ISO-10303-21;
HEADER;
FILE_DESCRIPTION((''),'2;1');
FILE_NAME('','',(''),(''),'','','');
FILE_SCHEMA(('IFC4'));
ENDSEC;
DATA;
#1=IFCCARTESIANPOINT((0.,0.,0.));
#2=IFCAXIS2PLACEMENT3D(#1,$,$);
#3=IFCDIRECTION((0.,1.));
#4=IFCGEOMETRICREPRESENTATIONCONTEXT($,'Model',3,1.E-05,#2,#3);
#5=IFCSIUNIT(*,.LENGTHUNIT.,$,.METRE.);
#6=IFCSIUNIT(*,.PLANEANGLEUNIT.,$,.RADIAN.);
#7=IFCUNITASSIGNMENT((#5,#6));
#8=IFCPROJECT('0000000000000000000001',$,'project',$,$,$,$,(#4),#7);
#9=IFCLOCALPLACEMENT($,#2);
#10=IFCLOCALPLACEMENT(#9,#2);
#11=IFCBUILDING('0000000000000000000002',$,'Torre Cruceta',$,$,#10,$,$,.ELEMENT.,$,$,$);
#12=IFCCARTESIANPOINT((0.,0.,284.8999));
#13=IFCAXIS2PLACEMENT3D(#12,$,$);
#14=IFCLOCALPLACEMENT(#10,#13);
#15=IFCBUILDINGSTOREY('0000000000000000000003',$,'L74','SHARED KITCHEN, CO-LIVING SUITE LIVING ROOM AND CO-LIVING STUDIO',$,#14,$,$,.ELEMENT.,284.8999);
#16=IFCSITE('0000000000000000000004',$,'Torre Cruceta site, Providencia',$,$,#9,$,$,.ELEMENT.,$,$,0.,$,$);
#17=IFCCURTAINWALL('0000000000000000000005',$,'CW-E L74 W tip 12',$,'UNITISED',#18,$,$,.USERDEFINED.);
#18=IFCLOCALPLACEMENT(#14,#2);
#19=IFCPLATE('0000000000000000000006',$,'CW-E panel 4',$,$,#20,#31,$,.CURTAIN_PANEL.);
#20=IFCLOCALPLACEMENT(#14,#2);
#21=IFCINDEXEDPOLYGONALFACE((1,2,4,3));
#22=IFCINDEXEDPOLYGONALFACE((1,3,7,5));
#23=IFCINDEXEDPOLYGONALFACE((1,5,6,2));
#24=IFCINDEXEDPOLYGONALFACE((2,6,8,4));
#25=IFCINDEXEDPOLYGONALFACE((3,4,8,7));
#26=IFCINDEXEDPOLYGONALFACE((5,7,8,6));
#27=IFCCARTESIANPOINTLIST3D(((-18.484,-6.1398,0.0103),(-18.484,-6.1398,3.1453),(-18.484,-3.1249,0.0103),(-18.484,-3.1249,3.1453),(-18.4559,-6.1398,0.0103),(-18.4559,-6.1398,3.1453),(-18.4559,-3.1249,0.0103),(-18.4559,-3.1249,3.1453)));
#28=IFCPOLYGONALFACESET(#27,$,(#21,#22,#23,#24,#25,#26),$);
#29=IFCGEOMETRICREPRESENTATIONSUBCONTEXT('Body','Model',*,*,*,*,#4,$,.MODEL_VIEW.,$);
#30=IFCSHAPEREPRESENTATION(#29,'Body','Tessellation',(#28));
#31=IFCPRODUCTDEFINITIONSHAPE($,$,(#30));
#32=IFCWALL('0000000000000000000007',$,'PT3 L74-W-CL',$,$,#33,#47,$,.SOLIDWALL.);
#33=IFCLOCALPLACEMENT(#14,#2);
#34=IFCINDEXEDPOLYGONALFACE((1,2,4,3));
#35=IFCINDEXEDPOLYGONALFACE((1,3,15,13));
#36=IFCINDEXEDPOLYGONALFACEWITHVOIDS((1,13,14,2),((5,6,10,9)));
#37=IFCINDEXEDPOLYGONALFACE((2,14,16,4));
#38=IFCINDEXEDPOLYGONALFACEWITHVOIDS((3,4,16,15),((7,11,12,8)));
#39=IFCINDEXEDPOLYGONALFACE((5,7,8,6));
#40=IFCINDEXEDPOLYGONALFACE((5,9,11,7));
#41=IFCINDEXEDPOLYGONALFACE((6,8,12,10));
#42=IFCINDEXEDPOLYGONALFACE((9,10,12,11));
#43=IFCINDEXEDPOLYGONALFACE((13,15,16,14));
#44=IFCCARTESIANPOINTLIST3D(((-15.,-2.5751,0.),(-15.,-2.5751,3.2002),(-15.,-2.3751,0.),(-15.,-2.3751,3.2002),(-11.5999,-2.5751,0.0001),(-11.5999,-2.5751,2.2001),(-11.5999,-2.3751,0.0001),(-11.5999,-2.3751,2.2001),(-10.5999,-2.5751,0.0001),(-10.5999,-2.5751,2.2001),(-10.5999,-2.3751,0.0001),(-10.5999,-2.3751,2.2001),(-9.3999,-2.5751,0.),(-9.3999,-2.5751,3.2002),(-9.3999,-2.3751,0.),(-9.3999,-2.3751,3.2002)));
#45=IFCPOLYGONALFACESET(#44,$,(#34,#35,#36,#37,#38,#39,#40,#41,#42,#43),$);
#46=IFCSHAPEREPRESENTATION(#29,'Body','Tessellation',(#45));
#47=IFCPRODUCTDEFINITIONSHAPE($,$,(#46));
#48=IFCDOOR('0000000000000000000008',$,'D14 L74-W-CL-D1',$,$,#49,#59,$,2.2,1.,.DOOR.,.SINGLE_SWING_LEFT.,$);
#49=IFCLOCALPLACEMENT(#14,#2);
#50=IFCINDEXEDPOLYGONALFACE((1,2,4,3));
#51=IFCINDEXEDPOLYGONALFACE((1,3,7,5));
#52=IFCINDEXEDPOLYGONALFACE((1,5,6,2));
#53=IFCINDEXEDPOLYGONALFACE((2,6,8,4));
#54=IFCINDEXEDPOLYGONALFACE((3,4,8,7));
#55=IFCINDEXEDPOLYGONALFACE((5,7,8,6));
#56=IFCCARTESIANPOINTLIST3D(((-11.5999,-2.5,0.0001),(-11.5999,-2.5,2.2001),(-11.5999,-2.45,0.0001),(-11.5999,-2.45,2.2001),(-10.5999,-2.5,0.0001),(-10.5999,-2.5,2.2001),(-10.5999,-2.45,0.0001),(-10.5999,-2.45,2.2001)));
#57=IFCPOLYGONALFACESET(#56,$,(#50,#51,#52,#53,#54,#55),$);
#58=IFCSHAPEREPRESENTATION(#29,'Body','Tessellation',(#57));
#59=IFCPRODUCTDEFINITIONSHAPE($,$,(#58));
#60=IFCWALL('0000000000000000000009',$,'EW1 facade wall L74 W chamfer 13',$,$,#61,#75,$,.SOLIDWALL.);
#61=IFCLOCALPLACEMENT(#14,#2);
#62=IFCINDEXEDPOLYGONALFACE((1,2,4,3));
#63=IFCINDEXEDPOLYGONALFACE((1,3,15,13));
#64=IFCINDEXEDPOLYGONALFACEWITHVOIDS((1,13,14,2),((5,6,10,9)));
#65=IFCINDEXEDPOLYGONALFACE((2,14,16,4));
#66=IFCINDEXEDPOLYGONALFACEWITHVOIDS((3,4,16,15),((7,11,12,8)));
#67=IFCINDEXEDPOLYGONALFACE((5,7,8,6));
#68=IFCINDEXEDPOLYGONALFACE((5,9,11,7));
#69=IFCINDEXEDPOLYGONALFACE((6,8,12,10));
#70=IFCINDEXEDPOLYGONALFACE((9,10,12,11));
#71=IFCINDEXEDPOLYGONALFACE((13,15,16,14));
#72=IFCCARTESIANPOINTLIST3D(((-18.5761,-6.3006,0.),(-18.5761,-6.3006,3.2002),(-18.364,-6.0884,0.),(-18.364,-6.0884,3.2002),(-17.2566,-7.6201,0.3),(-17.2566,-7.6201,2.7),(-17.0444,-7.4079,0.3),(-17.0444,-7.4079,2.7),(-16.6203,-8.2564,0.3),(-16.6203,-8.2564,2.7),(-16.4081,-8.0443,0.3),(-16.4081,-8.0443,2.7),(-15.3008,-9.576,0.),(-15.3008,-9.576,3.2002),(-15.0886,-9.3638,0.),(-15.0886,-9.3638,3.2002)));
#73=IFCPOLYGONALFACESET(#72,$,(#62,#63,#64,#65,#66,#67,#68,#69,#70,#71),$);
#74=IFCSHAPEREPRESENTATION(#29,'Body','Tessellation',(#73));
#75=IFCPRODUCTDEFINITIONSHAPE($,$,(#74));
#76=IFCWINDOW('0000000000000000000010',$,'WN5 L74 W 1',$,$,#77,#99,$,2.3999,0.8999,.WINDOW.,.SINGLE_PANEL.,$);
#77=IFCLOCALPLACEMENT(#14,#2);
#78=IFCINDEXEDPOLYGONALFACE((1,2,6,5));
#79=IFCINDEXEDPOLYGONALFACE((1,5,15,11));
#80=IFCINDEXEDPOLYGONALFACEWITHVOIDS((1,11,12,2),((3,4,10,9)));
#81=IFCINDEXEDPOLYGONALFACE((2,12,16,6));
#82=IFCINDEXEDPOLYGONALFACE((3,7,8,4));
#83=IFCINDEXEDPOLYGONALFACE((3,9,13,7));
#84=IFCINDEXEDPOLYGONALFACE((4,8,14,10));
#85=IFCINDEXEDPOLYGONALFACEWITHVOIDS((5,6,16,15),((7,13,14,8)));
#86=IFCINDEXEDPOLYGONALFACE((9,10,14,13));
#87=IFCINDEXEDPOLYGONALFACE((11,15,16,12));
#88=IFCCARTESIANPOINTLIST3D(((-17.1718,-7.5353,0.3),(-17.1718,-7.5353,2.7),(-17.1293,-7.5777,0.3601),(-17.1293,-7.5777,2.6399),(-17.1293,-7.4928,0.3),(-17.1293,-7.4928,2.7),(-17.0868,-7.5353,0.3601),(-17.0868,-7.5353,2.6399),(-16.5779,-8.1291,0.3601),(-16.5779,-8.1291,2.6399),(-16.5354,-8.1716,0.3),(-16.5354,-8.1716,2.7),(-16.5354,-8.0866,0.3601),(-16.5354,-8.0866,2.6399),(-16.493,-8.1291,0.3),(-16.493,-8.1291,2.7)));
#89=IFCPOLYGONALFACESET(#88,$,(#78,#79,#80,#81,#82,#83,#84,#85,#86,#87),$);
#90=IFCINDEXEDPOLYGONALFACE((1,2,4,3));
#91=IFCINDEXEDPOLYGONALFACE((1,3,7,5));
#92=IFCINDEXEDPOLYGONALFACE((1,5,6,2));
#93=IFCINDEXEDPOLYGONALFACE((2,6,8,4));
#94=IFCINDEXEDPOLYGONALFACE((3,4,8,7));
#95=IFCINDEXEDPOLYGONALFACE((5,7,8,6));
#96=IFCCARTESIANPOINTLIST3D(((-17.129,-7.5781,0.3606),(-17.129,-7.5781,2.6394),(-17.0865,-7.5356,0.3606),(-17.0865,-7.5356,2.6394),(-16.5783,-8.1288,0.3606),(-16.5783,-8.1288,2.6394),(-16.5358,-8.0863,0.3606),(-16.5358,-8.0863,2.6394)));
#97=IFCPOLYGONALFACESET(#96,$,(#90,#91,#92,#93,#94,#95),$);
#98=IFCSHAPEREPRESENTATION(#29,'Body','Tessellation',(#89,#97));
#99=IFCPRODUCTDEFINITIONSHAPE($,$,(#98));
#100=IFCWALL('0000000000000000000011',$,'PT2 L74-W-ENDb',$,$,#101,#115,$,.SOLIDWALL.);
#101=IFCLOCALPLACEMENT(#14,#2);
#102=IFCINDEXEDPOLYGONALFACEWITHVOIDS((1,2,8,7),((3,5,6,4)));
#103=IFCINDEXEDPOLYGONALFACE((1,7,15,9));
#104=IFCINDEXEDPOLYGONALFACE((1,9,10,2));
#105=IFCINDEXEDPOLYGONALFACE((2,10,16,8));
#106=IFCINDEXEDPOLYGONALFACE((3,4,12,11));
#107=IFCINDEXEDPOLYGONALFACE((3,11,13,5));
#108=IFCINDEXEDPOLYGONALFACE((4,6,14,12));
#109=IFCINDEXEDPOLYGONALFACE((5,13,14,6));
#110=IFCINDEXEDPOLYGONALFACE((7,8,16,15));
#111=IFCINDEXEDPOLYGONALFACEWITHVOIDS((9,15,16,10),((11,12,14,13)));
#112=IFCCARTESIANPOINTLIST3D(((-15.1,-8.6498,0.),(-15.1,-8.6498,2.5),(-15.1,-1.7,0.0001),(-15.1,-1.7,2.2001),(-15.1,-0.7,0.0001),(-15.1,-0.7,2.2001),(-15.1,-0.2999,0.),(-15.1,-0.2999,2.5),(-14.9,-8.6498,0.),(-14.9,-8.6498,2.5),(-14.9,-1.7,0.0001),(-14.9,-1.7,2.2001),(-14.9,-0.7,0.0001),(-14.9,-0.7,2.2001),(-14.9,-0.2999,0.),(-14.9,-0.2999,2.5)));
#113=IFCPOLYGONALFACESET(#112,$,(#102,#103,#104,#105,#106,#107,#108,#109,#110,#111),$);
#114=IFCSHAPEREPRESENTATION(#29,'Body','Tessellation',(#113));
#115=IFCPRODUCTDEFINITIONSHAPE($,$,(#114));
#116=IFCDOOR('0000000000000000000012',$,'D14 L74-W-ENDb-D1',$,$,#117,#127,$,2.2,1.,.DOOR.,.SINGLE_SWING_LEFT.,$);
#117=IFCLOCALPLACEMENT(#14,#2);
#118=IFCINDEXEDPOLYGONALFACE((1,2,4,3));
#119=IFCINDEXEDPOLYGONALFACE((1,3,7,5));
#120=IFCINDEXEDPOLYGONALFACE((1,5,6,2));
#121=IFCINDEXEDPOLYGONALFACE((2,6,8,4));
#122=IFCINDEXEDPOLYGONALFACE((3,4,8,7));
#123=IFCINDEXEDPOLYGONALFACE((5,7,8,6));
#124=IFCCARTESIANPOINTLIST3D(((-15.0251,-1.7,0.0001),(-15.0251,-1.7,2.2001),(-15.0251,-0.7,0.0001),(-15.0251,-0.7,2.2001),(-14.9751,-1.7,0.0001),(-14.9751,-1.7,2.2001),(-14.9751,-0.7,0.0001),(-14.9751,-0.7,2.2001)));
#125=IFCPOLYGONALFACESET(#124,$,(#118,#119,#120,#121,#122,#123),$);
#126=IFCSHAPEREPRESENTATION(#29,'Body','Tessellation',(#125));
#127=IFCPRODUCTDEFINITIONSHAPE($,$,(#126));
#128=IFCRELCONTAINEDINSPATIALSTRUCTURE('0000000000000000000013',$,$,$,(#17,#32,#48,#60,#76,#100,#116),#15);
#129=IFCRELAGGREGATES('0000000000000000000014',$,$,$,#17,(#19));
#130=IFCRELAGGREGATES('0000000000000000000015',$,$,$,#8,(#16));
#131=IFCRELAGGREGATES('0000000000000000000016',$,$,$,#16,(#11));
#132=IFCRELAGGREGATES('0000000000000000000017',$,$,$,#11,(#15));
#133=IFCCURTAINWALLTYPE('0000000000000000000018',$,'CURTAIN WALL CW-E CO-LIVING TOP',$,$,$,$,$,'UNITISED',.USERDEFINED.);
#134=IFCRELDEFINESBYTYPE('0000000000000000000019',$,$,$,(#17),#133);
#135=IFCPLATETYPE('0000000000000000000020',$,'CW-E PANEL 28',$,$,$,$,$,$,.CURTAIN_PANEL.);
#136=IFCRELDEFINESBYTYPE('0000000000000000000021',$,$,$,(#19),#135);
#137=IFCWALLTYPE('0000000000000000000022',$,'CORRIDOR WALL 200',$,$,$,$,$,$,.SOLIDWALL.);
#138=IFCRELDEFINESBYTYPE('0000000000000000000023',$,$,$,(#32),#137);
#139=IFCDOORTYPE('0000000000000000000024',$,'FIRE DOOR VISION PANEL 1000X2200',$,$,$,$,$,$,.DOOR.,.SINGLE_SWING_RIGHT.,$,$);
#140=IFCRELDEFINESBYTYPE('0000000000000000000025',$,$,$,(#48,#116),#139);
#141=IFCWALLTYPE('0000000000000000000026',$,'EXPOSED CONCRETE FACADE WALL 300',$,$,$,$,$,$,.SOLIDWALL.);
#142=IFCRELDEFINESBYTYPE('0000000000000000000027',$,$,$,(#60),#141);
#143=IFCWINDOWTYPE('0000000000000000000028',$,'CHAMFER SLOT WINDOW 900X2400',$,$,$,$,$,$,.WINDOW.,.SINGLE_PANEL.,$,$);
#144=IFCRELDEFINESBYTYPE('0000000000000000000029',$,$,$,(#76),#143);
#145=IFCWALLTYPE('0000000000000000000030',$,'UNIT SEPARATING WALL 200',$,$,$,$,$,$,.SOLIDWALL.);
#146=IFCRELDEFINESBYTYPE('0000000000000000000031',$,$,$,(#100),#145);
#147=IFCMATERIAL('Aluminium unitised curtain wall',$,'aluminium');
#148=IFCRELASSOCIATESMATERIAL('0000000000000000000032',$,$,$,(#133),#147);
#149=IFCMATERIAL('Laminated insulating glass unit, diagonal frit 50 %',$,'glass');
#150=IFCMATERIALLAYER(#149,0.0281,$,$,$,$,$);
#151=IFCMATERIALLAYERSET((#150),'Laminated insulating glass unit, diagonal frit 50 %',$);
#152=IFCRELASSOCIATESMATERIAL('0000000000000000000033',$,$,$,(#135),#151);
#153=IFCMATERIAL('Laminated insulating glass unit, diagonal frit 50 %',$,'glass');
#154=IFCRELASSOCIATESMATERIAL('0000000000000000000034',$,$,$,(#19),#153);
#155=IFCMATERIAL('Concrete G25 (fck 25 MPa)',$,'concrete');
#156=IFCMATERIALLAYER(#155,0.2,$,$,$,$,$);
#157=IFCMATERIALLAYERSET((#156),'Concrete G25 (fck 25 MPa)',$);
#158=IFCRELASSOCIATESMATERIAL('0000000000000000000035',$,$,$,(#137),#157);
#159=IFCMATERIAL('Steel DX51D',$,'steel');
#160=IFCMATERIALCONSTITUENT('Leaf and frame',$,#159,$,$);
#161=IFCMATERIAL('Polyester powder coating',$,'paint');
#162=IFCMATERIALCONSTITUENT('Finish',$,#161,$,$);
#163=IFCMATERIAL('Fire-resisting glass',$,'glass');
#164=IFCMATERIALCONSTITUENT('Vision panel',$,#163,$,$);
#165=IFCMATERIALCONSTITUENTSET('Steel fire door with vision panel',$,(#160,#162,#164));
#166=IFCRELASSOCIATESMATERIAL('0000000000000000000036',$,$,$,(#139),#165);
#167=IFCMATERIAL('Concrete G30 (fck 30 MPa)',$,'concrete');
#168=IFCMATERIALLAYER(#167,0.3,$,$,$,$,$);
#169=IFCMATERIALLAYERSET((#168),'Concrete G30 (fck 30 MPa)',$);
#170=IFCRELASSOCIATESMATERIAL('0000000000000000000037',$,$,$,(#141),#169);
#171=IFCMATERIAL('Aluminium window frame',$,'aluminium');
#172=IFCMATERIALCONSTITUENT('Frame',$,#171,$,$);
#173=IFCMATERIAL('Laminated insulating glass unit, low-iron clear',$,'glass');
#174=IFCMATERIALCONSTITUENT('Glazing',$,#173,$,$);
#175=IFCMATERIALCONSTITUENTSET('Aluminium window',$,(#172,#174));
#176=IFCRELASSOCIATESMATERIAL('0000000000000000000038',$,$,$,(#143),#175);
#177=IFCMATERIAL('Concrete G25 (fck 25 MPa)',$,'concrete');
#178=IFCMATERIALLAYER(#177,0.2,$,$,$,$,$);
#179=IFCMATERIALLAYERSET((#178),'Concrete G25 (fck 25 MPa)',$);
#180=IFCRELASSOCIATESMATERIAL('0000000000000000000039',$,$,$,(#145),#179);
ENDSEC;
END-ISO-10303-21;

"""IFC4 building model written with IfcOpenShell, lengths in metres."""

from ifc_helpers import new_model, si_unit, direction, frame, frame_2d, origin, origin_2d, place, context, subcontext, project, spatial, rectangle, hollow_rectangle, extrude, material, layer, layer_set, constituent, constituent_set, type_object, element, fill, aggregate, save


model = new_model("IFC4")

# Units and contexts
model_context = context("Model", 3, precision=1e-05, world=origin(), true_north=direction((0.0, 1.0)))
body_context = subcontext(model_context, "Body", "Model", "MODEL_VIEW")
ifc_project = project(units=[si_unit("LENGTHUNIT", "METRE"), si_unit("PLANEANGLEUNIT", "RADIAN")], contexts=[model_context])

# Site, building, storey
site_placement = place(None, origin())
site = spatial("IfcSite", under=ifc_project, at=site_placement, Name="Torre Cruceta site, Providencia", CompositionType="ELEMENT", RefElevation=0.0)
building_placement = place(site_placement, origin())
building = spatial("IfcBuilding", under=site, at=building_placement, Name="Torre Cruceta", CompositionType="ELEMENT")
storey_placement = place(building_placement, frame((0.0, 0.0, 284.8999)))
storey = spatial("IfcBuildingStorey", under=building, at=storey_placement, Name="L74", Description="SHARED KITCHEN, CO-LIVING SUITE LIVING ROOM AND CO-LIVING STUDIO", CompositionType="ELEMENT", Elevation=284.8999)

# Curtain wall
ifc_material_1 = material(Name="Aluminium unitised curtain wall", Category="aluminium")
curtain_wall_type = type_object("IfcCurtainWallType", Name="CURTAIN WALL CW-E CO-LIVING TOP", ElementType="UNITISED", PredefinedType="USERDEFINED", material=ifc_material_1)
curtain_wall_placement = place(storey_placement, origin())
curtain_wall = element("IfcCurtainWall", 1, at=curtain_wall_placement, inside=storey, type_object=curtain_wall_type, Name="CW-E L74 W tip 12", ObjectType="UNITISED", PredefinedType="USERDEFINED")

# Plate
ifc_material_2 = material(Name="Laminated insulating glass unit, diagonal frit 50 %", Category="glass")
ifc_material_3 = material(Name="Laminated insulating glass unit, diagonal frit 50 %", Category="glass")
ifc_layer_1 = layer(ifc_material_3, 0.0281)
ifc_layer_set_1 = layer_set([ifc_layer_1], Name="Laminated insulating glass unit, diagonal frit 50 %")
plate_type = type_object("IfcPlateType", Name="CW-E PANEL 28", PredefinedType="CURTAIN_PANEL", material=ifc_layer_set_1)
plate_1_placement = place(storey_placement, frame((-18.47, -4.6323, 0.0103), z_axis=(0.0, 0.0, 1.0), x_axis=(0.0, -1.0, 0.0)))
plate_1 = element("IfcPlate", 2, at=plate_1_placement, type_object=plate_type, material=ifc_material_2, Name="CW-E panel 4", PredefinedType="CURTAIN_PANEL", context=body_context, shape_type="SweptSolid", body=[
    extrude(rectangle(XDim=3.0149, YDim=0.0281, at=origin_2d()), origin(), (0.0, 0.0, 1.0), 3.135),
])
aggregate(curtain_wall, [plate_1])

# Wall, opening, door
ifc_material_4 = material(Name="Concrete G25 (fck 25 MPa)", Category="concrete")
ifc_layer_2 = layer(ifc_material_4, 0.2)
ifc_layer_set_2 = layer_set([ifc_layer_2], Name="Concrete G25 (fck 25 MPa)")
wall_type_1 = type_object("IfcWallType", Name="CORRIDOR WALL 200", PredefinedType="SOLIDWALL", material=ifc_layer_set_2)
wall_1_placement = place(storey_placement, frame((-9.3999, -2.4751, 0.0), z_axis=(0.0, 0.0, 1.0), x_axis=(-1.0, 0.0, 0.0)))
wall_1 = element("IfcWall", 3, at=wall_1_placement, inside=storey, type_object=wall_type_1, Name="PT3 L74-W-CL", PredefinedType="SOLIDWALL", context=body_context, shape_type="SweptSolid", body=[
    extrude(rectangle(XDim=5.6001, YDim=0.2, at=frame_2d((2.8, 0.0))), origin(), (0.0, 0.0, 1.0), 3.2002),
])
opening_1_placement = place(wall_1_placement, frame((1.2, 0.0, 0.0)))
opening_1 = element("IfcOpeningElement", 4, at=opening_1_placement, cuts=wall_1, PredefinedType="OPENING", context=body_context, shape_type="SweptSolid", body=[
    extrude(rectangle(XDim=1.0, YDim=2.2, at=frame_2d((0.5, 1.1001))), frame((0.0, 0.1099, 0.0), z_axis=(0.0, -1.0, 0.0), x_axis=(1.0, 0.0, 0.0)), (0.0, 0.0, 1.0), 0.22),
])
ifc_material_5 = material(Name="Steel DX51D", Category="steel")
ifc_constituent_1 = constituent(ifc_material_5, Name="Leaf and frame")
ifc_material_6 = material(Name="Polyester powder coating", Category="paint")
ifc_constituent_2 = constituent(ifc_material_6, Name="Finish")
ifc_material_7 = material(Name="Fire-resisting glass", Category="glass")
ifc_constituent_3 = constituent(ifc_material_7, Name="Vision panel")
ifc_constituent_set_1 = constituent_set(constituents=[ifc_constituent_1, ifc_constituent_2, ifc_constituent_3], Name="Steel fire door with vision panel")
door_type = type_object("IfcDoorType", Name="FIRE DOOR VISION PANEL 1000X2200", OperationType="SINGLE_SWING_RIGHT", PredefinedType="DOOR", material=ifc_constituent_set_1)
door_1_placement = place(opening_1_placement, origin())
door_1 = element("IfcDoor", 5, at=door_1_placement, inside=storey, type_object=door_type, Name="D14 L74-W-CL-D1", OperationType="SINGLE_SWING_LEFT", OverallHeight=2.2, OverallWidth=1.0, PredefinedType="DOOR", context=body_context, shape_type="SweptSolid", body=[
    extrude(rectangle(XDim=1.0, YDim=2.2, at=frame_2d((0.5, 1.1001))), frame((0.0, 0.0249, 0.0), z_axis=(0.0, -1.0, 0.0), x_axis=(1.0, 0.0, 0.0)), (0.0, 0.0, 1.0), 0.05),
])
fill(opening_1, door_1)

# Wall, opening, window
ifc_material_8 = material(Name="Concrete G30 (fck 30 MPa)", Category="concrete")
ifc_layer_3 = layer(ifc_material_8, 0.3)
ifc_layer_set_3 = layer_set([ifc_layer_3], Name="Concrete G30 (fck 30 MPa)")
wall_type_2 = type_object("IfcWallType", Name="EXPOSED CONCRETE FACADE WALL 300", PredefinedType="SOLIDWALL", material=ifc_layer_set_3)
wall_2_placement = place(storey_placement, frame((-18.47, -6.1946, 0.0), z_axis=(0.0, 0.0, 1.0), x_axis=(0.707107, -0.707107, 0.0)))
wall_2 = element("IfcWall", 6, at=wall_2_placement, inside=storey, type_object=wall_type_2, Name="EW1 facade wall L74 W chamfer 13", PredefinedType="SOLIDWALL", context=body_context, shape_type="SweptSolid", body=[
    extrude(rectangle(XDim=4.6321, YDim=0.3, at=frame_2d((2.3159, 0.0))), origin(), (0.0, 0.0, 1.0), 3.2002),
])
opening_2_placement = place(wall_2_placement, frame((1.866, 0.0, 0.3)))
opening_2 = element("IfcOpeningElement", 7, at=opening_2_placement, cuts=wall_2, PredefinedType="OPENING", context=body_context, shape_type="SweptSolid", body=[
    extrude(rectangle(XDim=0.8999, YDim=2.3999, at=frame_2d((0.45, 1.2))), frame((0.0, 0.1599, 0.0), z_axis=(0.0, -1.0, 0.0), x_axis=(1.0, 0.0, 0.0)), (0.0, 0.0, 1.0), 0.3201),
])
ifc_material_9 = material(Name="Aluminium window frame", Category="aluminium")
ifc_constituent_4 = constituent(ifc_material_9, Name="Frame")
ifc_material_10 = material(Name="Laminated insulating glass unit, low-iron clear", Category="glass")
ifc_constituent_5 = constituent(ifc_material_10, Name="Glazing")
ifc_constituent_set_2 = constituent_set(constituents=[ifc_constituent_4, ifc_constituent_5], Name="Aluminium window")
window_type = type_object("IfcWindowType", Name="CHAMFER SLOT WINDOW 900X2400", PartitioningType="SINGLE_PANEL", PredefinedType="WINDOW", material=ifc_constituent_set_2)
window_placement = place(opening_2_placement, origin())
window = element("IfcWindow", 8, at=window_placement, inside=storey, type_object=window_type, Name="WN5 L74 W 1", OverallHeight=2.3999, OverallWidth=0.8999, PartitioningType="SINGLE_PANEL", PredefinedType="WINDOW", context=body_context, shape_type="SweptSolid", body=[
    extrude(hollow_rectangle(XDim=0.8999, YDim=2.3999, WallThickness=0.0601, at=frame_2d((0.45, 1.2))), frame((0.0, 0.03, 0.0), z_axis=(0.0, -1.0, 0.0), x_axis=(1.0, 0.0, 0.0)), (0.0, 0.0, 1.0), 0.0601),
    extrude(rectangle(XDim=0.7788, YDim=2.2788, at=frame_2d((0.45, 1.2))), frame((0.0, 0.03, 0.0), z_axis=(0.0, -1.0, 0.0), x_axis=(1.0, 0.0, 0.0)), (0.0, 0.0, 1.0), 0.0601),
])
fill(opening_2, window)

# Wall, opening, door
ifc_material_11 = material(Name="Concrete G25 (fck 25 MPa)", Category="concrete")
ifc_layer_4 = layer(ifc_material_11, 0.2)
ifc_layer_set_4 = layer_set([ifc_layer_4], Name="Concrete G25 (fck 25 MPa)")
wall_type_3 = type_object("IfcWallType", Name="UNIT SEPARATING WALL 200", PredefinedType="SOLIDWALL", material=ifc_layer_set_4)
wall_3_placement = place(storey_placement, frame((-15.0, -0.3, 0.0), z_axis=(0.0, 0.0, 1.0), x_axis=(0.0, -1.0, 0.0)))
wall_3 = element("IfcWall", 9, at=wall_3_placement, inside=storey, type_object=wall_type_3, Name="PT2 L74-W-ENDb", PredefinedType="SOLIDWALL", context=body_context, shape_type="SweptSolid", body=[
    extrude(rectangle(XDim=8.3499, YDim=0.2, at=frame_2d((4.1748, 0.0))), origin(), (0.0, 0.0, 1.0), 2.5),
])
opening_3_placement = place(wall_3_placement, frame((0.3999, 0.0, 0.0)))
opening_3 = element("IfcOpeningElement", 10, at=opening_3_placement, cuts=wall_3, PredefinedType="OPENING", context=body_context, shape_type="SweptSolid", body=[
    extrude(rectangle(XDim=1.0, YDim=2.2, at=frame_2d((0.5, 1.1001))), frame((0.0, 0.1099, 0.0), z_axis=(0.0, -1.0, 0.0), x_axis=(1.0, 0.0, 0.0)), (0.0, 0.0, 1.0), 0.22),
])
door_2_placement = place(opening_3_placement, frame((1.0, 0.0, 0.0), z_axis=(0.0, 0.0, 1.0), x_axis=(-1.0, 0.0, 0.0)))
door_2 = element("IfcDoor", 11, at=door_2_placement, inside=storey, type_object=door_type, Name="D14 L74-W-ENDb-D1", OperationType="SINGLE_SWING_LEFT", OverallHeight=2.2, OverallWidth=1.0, PredefinedType="DOOR", context=body_context, shape_type="SweptSolid", body=[
    extrude(rectangle(XDim=1.0, YDim=2.2, at=frame_2d((0.5, 1.1001))), frame((0.0, 0.0251, 0.0), z_axis=(0.0, -1.0, 0.0), x_axis=(1.0, 0.0, 0.0)), (0.0, 0.0, 1.0), 0.05),
])
fill(opening_3, door_2)

save(model, "model.ifc")
